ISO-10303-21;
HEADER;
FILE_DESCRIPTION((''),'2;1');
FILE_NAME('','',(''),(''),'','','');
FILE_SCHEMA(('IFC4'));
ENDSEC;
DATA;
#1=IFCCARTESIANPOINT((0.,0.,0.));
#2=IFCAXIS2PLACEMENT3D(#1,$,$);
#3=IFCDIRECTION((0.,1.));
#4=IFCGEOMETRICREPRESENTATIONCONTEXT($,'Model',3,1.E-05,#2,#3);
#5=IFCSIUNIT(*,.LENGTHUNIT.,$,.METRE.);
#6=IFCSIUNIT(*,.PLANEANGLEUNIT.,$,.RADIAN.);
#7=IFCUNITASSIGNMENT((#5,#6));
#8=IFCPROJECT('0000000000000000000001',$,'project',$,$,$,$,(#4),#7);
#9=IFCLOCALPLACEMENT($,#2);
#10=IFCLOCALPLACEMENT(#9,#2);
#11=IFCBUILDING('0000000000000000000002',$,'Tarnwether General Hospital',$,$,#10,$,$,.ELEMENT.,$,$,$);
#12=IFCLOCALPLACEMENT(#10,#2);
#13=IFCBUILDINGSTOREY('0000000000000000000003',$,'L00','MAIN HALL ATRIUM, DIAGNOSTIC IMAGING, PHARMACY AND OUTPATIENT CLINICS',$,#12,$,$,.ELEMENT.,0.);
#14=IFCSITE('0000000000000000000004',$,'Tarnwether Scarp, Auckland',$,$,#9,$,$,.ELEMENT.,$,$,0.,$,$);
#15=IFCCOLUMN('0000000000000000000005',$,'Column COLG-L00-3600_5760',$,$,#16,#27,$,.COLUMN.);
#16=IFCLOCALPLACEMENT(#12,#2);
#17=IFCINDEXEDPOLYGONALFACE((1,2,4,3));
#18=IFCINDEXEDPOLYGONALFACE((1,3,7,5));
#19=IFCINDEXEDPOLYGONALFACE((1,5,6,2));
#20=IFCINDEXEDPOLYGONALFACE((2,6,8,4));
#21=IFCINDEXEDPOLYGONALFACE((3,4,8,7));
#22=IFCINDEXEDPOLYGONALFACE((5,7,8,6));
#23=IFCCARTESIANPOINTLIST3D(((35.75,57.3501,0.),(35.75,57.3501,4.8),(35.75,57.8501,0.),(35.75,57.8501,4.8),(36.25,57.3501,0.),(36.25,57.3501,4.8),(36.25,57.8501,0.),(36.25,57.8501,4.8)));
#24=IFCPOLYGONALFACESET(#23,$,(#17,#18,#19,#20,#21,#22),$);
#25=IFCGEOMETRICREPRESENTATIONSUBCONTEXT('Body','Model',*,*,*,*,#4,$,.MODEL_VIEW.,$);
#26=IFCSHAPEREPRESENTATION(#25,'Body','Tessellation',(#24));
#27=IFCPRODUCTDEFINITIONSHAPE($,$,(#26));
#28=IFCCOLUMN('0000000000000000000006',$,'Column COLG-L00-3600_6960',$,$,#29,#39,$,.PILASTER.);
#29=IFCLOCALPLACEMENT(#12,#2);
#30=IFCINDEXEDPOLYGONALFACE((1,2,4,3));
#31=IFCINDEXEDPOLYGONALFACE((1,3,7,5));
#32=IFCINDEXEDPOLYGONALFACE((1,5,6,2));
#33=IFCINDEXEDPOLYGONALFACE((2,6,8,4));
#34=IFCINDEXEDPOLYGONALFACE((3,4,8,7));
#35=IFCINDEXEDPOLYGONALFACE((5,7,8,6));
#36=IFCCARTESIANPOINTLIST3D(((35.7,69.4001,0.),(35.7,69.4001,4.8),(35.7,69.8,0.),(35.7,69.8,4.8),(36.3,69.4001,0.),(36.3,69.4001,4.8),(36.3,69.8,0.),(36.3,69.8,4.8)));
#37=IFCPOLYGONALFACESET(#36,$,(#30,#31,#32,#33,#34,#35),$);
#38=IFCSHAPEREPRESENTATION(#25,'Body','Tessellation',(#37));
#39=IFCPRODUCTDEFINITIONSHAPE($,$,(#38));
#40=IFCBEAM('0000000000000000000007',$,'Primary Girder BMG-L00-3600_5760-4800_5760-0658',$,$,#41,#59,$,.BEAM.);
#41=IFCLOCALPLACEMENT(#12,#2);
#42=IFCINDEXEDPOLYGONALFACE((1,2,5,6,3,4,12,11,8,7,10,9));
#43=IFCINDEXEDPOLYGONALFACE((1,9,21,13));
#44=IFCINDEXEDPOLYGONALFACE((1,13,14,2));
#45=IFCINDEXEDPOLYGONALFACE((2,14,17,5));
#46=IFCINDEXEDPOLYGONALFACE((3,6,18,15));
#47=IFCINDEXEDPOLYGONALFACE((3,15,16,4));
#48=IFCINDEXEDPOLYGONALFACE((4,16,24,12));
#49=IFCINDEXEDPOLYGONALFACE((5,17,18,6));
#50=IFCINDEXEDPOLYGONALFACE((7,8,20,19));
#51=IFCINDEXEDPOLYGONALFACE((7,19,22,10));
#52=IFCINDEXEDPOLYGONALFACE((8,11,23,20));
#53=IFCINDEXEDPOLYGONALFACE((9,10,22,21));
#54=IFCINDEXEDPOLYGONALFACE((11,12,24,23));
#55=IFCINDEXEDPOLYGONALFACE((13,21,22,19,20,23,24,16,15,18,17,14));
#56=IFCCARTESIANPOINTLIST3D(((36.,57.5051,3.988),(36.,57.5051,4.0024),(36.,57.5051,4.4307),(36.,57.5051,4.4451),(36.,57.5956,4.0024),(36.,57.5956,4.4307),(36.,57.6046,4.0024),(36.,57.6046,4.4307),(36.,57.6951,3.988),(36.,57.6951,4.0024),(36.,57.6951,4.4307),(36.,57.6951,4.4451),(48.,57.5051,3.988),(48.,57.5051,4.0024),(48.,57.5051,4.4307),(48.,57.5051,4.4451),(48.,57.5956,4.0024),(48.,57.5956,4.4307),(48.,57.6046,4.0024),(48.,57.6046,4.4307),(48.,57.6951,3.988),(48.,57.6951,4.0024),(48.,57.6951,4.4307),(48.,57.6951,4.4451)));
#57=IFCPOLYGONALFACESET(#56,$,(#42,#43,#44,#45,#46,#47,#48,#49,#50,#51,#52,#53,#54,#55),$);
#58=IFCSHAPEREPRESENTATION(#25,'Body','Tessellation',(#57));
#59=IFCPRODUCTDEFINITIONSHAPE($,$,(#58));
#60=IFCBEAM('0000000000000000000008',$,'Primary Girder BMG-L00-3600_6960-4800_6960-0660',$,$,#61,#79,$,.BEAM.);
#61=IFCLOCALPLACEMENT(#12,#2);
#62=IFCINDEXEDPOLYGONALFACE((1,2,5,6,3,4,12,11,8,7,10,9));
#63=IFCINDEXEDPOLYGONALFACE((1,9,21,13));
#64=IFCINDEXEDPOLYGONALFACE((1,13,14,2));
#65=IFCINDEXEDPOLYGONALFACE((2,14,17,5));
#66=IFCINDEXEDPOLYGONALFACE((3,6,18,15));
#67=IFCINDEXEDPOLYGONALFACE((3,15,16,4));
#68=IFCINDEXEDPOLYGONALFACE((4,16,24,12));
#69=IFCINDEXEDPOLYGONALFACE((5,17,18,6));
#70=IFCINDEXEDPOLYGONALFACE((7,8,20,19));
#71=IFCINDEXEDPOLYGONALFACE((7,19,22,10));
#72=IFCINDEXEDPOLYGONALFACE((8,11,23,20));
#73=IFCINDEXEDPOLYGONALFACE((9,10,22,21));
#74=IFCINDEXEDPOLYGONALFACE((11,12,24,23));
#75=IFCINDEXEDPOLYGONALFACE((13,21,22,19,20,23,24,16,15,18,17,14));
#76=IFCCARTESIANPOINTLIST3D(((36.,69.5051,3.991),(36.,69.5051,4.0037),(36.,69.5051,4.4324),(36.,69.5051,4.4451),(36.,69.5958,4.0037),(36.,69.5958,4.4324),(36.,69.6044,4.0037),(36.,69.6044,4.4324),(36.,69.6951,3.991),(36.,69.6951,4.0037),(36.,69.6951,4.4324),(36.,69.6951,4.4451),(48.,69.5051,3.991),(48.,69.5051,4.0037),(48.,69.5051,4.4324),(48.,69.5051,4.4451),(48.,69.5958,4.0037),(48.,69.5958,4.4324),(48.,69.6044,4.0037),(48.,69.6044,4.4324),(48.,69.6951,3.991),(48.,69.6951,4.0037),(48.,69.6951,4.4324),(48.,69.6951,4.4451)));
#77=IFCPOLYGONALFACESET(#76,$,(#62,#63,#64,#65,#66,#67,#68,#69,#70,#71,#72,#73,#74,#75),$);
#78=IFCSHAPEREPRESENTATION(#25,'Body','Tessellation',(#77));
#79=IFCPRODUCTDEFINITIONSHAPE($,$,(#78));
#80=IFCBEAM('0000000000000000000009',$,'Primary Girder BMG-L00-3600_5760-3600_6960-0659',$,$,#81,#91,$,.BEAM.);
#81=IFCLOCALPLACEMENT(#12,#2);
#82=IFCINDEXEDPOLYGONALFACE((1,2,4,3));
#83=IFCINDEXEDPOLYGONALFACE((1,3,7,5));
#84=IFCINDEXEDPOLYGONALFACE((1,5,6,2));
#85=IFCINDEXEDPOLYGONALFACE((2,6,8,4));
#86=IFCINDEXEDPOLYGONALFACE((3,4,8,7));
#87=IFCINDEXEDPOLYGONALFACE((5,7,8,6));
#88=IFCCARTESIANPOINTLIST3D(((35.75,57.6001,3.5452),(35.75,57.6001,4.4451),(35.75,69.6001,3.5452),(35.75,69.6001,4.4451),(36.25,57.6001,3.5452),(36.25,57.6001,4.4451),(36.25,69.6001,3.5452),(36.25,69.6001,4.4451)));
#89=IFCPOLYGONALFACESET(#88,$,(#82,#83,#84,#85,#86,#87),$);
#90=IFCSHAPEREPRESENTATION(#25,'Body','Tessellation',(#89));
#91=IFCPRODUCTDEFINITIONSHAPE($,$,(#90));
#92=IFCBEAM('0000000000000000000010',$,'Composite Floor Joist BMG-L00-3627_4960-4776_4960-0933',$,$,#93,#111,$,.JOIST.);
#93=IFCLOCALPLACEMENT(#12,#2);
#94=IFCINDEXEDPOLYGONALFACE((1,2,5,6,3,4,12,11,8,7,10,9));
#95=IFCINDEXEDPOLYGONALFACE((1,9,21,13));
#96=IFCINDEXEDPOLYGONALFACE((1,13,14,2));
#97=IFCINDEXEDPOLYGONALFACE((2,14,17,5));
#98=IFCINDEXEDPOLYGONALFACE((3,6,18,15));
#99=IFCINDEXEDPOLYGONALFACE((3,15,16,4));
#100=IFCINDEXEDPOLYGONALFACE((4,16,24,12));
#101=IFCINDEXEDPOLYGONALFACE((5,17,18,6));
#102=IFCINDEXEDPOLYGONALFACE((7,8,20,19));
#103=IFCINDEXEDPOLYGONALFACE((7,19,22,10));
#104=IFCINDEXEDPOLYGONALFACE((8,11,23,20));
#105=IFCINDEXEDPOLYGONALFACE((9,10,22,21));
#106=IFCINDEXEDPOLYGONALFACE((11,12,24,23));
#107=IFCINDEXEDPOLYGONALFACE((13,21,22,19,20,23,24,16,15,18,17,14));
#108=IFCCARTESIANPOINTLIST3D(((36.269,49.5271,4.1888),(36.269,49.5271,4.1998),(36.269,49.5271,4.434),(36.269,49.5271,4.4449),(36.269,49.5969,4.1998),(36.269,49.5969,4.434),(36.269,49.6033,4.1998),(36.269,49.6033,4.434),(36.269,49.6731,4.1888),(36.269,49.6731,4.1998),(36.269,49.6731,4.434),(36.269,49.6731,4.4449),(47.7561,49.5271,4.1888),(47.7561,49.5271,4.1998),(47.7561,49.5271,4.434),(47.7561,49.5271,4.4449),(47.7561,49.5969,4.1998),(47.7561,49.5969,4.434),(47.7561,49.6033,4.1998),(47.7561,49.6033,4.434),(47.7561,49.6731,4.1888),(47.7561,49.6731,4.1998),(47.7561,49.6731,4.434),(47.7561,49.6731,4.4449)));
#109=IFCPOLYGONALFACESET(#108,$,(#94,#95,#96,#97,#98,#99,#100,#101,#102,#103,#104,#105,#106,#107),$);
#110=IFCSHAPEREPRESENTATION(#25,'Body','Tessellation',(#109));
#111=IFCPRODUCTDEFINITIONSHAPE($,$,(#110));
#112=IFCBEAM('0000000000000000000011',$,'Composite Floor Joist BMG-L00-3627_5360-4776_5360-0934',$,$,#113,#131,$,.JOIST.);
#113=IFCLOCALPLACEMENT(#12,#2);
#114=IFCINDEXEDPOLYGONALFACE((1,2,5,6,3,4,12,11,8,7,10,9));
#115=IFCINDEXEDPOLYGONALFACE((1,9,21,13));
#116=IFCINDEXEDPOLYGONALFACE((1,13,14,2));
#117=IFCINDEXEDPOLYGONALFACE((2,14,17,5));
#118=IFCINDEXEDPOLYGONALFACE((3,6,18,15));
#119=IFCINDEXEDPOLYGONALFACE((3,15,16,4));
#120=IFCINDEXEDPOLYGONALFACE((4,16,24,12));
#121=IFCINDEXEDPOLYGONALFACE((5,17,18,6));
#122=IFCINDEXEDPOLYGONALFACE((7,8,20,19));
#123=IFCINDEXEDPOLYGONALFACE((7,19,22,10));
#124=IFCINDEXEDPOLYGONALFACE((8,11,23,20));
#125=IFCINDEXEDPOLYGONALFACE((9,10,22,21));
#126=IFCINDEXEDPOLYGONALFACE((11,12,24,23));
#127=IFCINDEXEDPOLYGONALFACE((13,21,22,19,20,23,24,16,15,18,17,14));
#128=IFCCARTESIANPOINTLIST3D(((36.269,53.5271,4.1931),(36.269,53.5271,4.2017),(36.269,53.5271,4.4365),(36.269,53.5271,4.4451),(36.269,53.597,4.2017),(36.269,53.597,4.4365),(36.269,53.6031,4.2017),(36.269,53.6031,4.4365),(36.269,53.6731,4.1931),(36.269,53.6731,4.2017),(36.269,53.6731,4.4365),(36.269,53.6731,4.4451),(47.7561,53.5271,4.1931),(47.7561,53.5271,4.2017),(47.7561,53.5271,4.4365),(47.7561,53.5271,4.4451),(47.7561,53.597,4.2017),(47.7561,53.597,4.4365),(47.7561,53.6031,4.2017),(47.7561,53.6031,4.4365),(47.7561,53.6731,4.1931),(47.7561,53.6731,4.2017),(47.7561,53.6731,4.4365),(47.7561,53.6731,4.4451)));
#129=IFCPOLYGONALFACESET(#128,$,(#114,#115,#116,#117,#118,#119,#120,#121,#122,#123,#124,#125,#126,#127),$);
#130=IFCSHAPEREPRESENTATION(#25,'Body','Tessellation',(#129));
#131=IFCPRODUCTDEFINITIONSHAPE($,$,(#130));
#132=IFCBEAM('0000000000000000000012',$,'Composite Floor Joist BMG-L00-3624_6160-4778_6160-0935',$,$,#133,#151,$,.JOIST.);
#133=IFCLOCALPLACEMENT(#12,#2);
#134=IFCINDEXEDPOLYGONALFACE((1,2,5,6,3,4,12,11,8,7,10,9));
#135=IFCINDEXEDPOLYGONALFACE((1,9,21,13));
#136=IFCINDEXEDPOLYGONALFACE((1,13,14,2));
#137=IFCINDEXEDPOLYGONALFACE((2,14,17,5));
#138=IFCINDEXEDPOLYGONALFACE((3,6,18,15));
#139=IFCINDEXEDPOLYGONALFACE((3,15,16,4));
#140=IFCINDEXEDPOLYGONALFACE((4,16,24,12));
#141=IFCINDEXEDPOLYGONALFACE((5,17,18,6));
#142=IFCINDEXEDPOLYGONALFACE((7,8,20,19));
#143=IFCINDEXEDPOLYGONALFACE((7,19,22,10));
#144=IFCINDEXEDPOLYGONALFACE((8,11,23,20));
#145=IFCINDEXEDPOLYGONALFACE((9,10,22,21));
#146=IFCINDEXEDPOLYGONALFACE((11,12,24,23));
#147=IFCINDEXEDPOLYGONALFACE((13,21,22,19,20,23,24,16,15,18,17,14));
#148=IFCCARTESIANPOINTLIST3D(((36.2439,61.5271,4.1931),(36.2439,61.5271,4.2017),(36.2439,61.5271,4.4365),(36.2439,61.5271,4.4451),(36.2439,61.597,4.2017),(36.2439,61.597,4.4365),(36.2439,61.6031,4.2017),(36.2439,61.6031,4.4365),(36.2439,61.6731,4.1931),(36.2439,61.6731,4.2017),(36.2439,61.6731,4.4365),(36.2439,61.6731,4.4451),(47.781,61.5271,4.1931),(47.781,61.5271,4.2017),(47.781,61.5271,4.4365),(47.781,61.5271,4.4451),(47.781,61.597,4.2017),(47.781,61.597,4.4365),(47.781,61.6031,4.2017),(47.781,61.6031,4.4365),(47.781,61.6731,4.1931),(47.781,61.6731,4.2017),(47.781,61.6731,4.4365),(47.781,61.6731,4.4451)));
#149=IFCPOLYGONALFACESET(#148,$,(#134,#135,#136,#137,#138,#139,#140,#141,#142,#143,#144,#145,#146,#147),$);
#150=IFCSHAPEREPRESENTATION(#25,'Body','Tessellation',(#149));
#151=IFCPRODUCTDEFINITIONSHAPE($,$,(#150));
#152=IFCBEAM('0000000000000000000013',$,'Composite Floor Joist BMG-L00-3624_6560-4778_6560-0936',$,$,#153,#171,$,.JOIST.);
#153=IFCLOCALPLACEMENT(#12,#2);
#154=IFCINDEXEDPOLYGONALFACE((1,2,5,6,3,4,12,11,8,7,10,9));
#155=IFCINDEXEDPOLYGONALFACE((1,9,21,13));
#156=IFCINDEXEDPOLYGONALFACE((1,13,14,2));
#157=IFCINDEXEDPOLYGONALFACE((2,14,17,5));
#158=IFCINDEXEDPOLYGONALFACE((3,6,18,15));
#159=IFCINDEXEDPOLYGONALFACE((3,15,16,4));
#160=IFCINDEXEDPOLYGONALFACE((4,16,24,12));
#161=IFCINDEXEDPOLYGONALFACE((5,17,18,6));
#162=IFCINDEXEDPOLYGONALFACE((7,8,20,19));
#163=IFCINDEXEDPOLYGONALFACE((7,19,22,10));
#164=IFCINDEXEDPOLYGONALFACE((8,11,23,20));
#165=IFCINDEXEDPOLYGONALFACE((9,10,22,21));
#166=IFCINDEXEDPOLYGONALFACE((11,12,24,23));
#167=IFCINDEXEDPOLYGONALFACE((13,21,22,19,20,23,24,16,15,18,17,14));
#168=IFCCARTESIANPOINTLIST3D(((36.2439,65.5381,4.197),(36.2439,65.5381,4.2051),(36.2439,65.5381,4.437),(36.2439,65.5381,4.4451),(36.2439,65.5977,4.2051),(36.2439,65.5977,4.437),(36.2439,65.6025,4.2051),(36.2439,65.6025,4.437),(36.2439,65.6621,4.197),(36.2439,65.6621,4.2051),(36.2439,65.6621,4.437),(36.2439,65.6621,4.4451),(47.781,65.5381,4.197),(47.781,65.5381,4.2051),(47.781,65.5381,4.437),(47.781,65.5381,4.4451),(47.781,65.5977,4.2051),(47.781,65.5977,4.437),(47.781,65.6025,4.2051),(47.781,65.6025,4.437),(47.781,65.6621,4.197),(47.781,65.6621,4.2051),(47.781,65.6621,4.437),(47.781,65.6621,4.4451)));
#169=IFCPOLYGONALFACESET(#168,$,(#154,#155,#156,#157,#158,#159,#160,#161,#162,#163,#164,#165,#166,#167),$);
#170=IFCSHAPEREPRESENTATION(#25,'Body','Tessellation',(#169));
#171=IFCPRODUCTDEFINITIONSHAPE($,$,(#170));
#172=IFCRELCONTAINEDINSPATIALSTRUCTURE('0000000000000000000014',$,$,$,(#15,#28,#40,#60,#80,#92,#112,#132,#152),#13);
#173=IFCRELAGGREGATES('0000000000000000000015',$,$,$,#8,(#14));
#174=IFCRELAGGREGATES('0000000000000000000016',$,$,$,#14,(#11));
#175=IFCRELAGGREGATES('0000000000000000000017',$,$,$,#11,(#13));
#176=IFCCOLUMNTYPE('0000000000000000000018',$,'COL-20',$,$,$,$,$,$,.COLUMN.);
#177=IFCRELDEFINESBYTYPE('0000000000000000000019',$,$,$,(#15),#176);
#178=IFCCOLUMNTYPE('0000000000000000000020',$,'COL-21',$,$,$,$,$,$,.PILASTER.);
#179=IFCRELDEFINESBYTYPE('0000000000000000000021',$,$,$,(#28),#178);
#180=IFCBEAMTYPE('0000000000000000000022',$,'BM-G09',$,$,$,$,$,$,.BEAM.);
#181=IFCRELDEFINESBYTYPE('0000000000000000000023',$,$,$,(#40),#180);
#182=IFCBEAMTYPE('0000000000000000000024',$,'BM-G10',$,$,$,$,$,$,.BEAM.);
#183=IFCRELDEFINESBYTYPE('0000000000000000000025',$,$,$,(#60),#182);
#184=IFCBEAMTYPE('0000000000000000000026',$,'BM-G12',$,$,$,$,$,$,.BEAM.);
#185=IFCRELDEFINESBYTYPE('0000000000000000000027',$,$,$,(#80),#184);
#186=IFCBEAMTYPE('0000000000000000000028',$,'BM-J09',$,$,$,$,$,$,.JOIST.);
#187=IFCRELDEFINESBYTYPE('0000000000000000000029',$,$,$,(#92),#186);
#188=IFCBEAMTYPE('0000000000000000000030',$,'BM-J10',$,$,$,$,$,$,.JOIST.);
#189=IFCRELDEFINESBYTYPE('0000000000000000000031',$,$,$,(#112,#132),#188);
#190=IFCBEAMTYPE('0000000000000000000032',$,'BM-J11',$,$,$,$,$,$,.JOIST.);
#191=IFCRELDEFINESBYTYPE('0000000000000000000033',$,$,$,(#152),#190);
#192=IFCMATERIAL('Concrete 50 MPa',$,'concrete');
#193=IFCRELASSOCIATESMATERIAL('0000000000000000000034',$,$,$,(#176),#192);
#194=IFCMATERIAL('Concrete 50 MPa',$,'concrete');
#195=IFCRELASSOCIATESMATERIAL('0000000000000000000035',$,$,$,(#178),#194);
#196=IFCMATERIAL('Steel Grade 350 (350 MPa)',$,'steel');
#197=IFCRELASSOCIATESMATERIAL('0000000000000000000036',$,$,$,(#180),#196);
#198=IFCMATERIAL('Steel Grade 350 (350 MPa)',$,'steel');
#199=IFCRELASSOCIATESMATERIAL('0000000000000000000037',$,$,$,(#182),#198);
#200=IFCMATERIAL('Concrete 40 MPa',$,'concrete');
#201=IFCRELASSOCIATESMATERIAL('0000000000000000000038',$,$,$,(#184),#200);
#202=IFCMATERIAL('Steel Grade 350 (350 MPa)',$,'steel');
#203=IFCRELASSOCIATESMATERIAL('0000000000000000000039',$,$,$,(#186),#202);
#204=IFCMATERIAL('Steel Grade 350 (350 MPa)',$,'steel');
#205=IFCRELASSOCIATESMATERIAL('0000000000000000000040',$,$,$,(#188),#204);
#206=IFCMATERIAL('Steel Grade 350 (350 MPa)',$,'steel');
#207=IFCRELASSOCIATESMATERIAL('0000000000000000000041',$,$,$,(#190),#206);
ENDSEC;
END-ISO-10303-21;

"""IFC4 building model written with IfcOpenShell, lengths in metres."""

from ifc_helpers import new_model, si_unit, direction, frame, origin, origin_2d, place, context, subcontext, project, spatial, rectangle, i_section, extrude, material, material_profile, profile_set, type_object, element, save


model = new_model("IFC4")

# Units and contexts
model_context = context("Model", 3, precision=1e-05, world=origin(), true_north=direction((0.0, 1.0)))
body_context = subcontext(model_context, "Body", "Model", "MODEL_VIEW")
ifc_project = project(units=[si_unit("LENGTHUNIT", "METRE"), si_unit("PLANEANGLEUNIT", "RADIAN")], contexts=[model_context])

# Site, building, storey
site_placement = place(None, origin())
site = spatial("IfcSite", under=ifc_project, at=site_placement, Name="Tarnwether Scarp, Auckland", CompositionType="ELEMENT", RefElevation=0.0)
building_placement = place(site_placement, origin())
building = spatial("IfcBuilding", under=site, at=building_placement, Name="Tarnwether General Hospital", CompositionType="ELEMENT")
storey_placement = place(building_placement, origin())
storey = spatial("IfcBuildingStorey", under=building, at=storey_placement, Name="L00", Description="MAIN HALL ATRIUM, DIAGNOSTIC IMAGING, PHARMACY AND OUTPATIENT CLINICS", CompositionType="ELEMENT", Elevation=0.0)

# Columns
ifc_material_1 = material(Name="Concrete 50 MPa", Category="concrete")
ifc_material_profile_1 = material_profile(ifc_material_1, rectangle(XDim=0.5, YDim=0.5, at=origin_2d()), Name="RC-COL-500x500")
ifc_profile_set_1 = profile_set([ifc_material_profile_1], Name="Concrete 50 MPa")
column_type_1 = type_object("IfcColumnType", Name="COL-20", PredefinedType="COLUMN", material=ifc_profile_set_1)
column_1_placement = place(storey_placement, frame((36.0, 57.6001, 0.0), z_axis=(0.0, 0.0, 1.0), x_axis=(0.0, 1.0, 0.0)))
element("IfcColumn", 1, at=column_1_placement, inside=storey, type_object=column_type_1, Name="Column COLG-L00-3600_5760", PredefinedType="COLUMN", context=body_context, shape_type="SweptSolid", body=[
    extrude(rectangle(XDim=0.5, YDim=0.5, at=origin_2d()), origin(), (0.0, 0.0, 1.0), 4.8),
])
ifc_material_2 = material(Name="Concrete 50 MPa", Category="concrete")
ifc_material_profile_2 = material_profile(ifc_material_2, rectangle(XDim=0.3999, YDim=0.6001, at=origin_2d()), Name="RC-PIL-400x600")
ifc_profile_set_2 = profile_set([ifc_material_profile_2], Name="Concrete 50 MPa")
column_type_2 = type_object("IfcColumnType", Name="COL-21", PredefinedType="PILASTER", material=ifc_profile_set_2)
column_2_placement = place(storey_placement, frame((36.0, 69.6001, 0.0), z_axis=(0.0, 0.0, 1.0), x_axis=(0.0, 1.0, 0.0)))
element("IfcColumn", 2, at=column_2_placement, inside=storey, type_object=column_type_2, Name="Column COLG-L00-3600_6960", PredefinedType="PILASTER", context=body_context, shape_type="SweptSolid", body=[
    extrude(rectangle(XDim=0.3999, YDim=0.6001, at=origin_2d()), origin(), (0.0, 0.0, 1.0), 4.8),
])

# Beams
ifc_material_3 = material(Name="Steel Grade 350 (350 MPa)", Category="steel")
ifc_material_profile_3 = material_profile(ifc_material_3, i_section(OverallWidth=0.1899, OverallDepth=0.457, WebThickness=0.009, FlangeThickness=0.0144, at=origin_2d()), Name="460UB74.6")
ifc_profile_set_3 = profile_set([ifc_material_profile_3], Name="Steel Grade 350 (350 MPa)")
beam_type_1 = type_object("IfcBeamType", Name="BM-G09", PredefinedType="BEAM", material=ifc_profile_set_3)
beam_1_placement = place(storey_placement, frame((36.0, 57.6001, 4.2166), z_axis=(1.0, 0.0, 0.0), x_axis=(0.0, 1.0, 0.0)))
element("IfcBeam", 3, at=beam_1_placement, inside=storey, type_object=beam_type_1, Name="Primary Girder BMG-L00-3600_5760-4800_5760-0658", PredefinedType="BEAM", context=body_context, shape_type="SweptSolid", body=[
    extrude(i_section(OverallWidth=0.1899, OverallDepth=0.457, WebThickness=0.009, FlangeThickness=0.0144, at=origin_2d()), origin(), (0.0, 0.0, 1.0), 12.0),
])
ifc_material_4 = material(Name="Steel Grade 350 (350 MPa)", Category="steel")
ifc_material_profile_4 = material_profile(ifc_material_4, i_section(OverallWidth=0.1899, OverallDepth=0.4541, WebThickness=0.0085, FlangeThickness=0.0127, at=origin_2d()), Name="460UB67.1")
ifc_profile_set_4 = profile_set([ifc_material_profile_4], Name="Steel Grade 350 (350 MPa)")
beam_type_2 = type_object("IfcBeamType", Name="BM-G10", PredefinedType="BEAM", material=ifc_profile_set_4)
beam_2_placement = place(storey_placement, frame((36.0, 69.6001, 4.218), z_axis=(1.0, 0.0, 0.0), x_axis=(0.0, 1.0, 0.0)))
element("IfcBeam", 4, at=beam_2_placement, inside=storey, type_object=beam_type_2, Name="Primary Girder BMG-L00-3600_6960-4800_6960-0660", PredefinedType="BEAM", context=body_context, shape_type="SweptSolid", body=[
    extrude(i_section(OverallWidth=0.1899, OverallDepth=0.4541, WebThickness=0.0085, FlangeThickness=0.0127, at=origin_2d()), origin(), (0.0, 0.0, 1.0), 12.0),
])
ifc_material_5 = material(Name="Concrete 40 MPa", Category="concrete")
ifc_material_profile_5 = material_profile(ifc_material_5, rectangle(XDim=0.5, YDim=0.8999, at=origin_2d()), Name="RC-BM-500x900")
ifc_profile_set_5 = profile_set([ifc_material_profile_5], Name="Concrete 40 MPa")
beam_type_3 = type_object("IfcBeamType", Name="BM-G12", PredefinedType="BEAM", material=ifc_profile_set_5)
beam_3_placement = place(storey_placement, frame((36.0, 57.6001, 3.9951), z_axis=(0.0, 1.0, 0.0), x_axis=(-1.0, 0.0, 0.0)))
element("IfcBeam", 5, at=beam_3_placement, inside=storey, type_object=beam_type_3, Name="Primary Girder BMG-L00-3600_5760-3600_6960-0659", PredefinedType="BEAM", context=body_context, shape_type="SweptSolid", body=[
    extrude(rectangle(XDim=0.5, YDim=0.8999, at=origin_2d()), origin(), (0.0, 0.0, 1.0), 12.0),
])
ifc_material_6 = material(Name="Steel Grade 350 (350 MPa)", Category="steel")
ifc_material_profile_6 = material_profile(ifc_material_6, i_section(OverallWidth=0.146, OverallDepth=0.2561, WebThickness=0.0063, FlangeThickness=0.011, at=origin_2d()), Name="250UB37.3")
ifc_profile_set_6 = profile_set([ifc_material_profile_6], Name="Steel Grade 350 (350 MPa)")
beam_type_4 = type_object("IfcBeamType", Name="BM-J09", PredefinedType="JOIST", material=ifc_profile_set_6)
beam_4_placement = place(storey_placement, frame((36.269, 49.6001, 4.3169), z_axis=(1.0, 0.0, 0.0), x_axis=(0.0, 1.0, 0.0)))
element("IfcBeam", 6, at=beam_4_placement, inside=storey, type_object=beam_type_4, Name="Composite Floor Joist BMG-L00-3627_4960-4776_4960-0933", PredefinedType="JOIST", context=body_context, shape_type="SweptSolid", body=[
    extrude(i_section(OverallWidth=0.146, OverallDepth=0.2561, WebThickness=0.0063, FlangeThickness=0.011, at=origin_2d()), origin(), (0.0, 0.0, 1.0), 11.4871),
])
ifc_material_7 = material(Name="Steel Grade 350 (350 MPa)", Category="steel")
ifc_material_profile_7 = material_profile(ifc_material_7, i_section(OverallWidth=0.146, OverallDepth=0.252, WebThickness=0.0061, FlangeThickness=0.0085, at=origin_2d()), Name="250UB31.4")
ifc_profile_set_7 = profile_set([ifc_material_profile_7], Name="Steel Grade 350 (350 MPa)")
beam_type_5 = type_object("IfcBeamType", Name="BM-J10", PredefinedType="JOIST", material=ifc_profile_set_7)
beam_5_placement = place(storey_placement, frame((36.269, 53.6001, 4.3191), z_axis=(1.0, 0.0, 0.0), x_axis=(0.0, 1.0, 0.0)))
element("IfcBeam", 7, at=beam_5_placement, inside=storey, type_object=beam_type_5, Name="Composite Floor Joist BMG-L00-3627_5360-4776_5360-0934", PredefinedType="JOIST", context=body_context, shape_type="SweptSolid", body=[
    extrude(i_section(OverallWidth=0.146, OverallDepth=0.252, WebThickness=0.0061, FlangeThickness=0.0085, at=origin_2d()), origin(), (0.0, 0.0, 1.0), 11.4871),
])
beam_6_placement = place(storey_placement, frame((36.2439, 61.6001, 4.3191), z_axis=(1.0, 0.0, 0.0), x_axis=(0.0, 1.0, 0.0)))
element("IfcBeam", 8, at=beam_6_placement, inside=storey, type_object=beam_type_5, Name="Composite Floor Joist BMG-L00-3624_6160-4778_6160-0935", PredefinedType="JOIST", context=body_context, shape_type="SweptSolid", body=[
    extrude(i_section(OverallWidth=0.146, OverallDepth=0.252, WebThickness=0.0061, FlangeThickness=0.0085, at=origin_2d()), origin(), (0.0, 0.0, 1.0), 11.5371),
])
ifc_material_8 = material(Name="Steel Grade 350 (350 MPa)", Category="steel")
ifc_material_profile_8 = material_profile(ifc_material_8, i_section(OverallWidth=0.124, OverallDepth=0.248, WebThickness=0.0049, FlangeThickness=0.0081, at=origin_2d()), Name="250UB25.7")
ifc_profile_set_8 = profile_set([ifc_material_profile_8], Name="Steel Grade 350 (350 MPa)")
beam_type_6 = type_object("IfcBeamType", Name="BM-J11", PredefinedType="JOIST", material=ifc_profile_set_8)
beam_7_placement = place(storey_placement, frame((36.2439, 65.6001, 4.321), z_axis=(1.0, 0.0, 0.0), x_axis=(0.0, 1.0, 0.0)))
element("IfcBeam", 9, at=beam_7_placement, inside=storey, type_object=beam_type_6, Name="Composite Floor Joist BMG-L00-3624_6560-4778_6560-0936", PredefinedType="JOIST", context=body_context, shape_type="SweptSolid", body=[
    extrude(i_section(OverallWidth=0.124, OverallDepth=0.248, WebThickness=0.0049, FlangeThickness=0.0081, at=origin_2d()), origin(), (0.0, 0.0, 1.0), 11.5371),
])

save(model, "model.ifc")
